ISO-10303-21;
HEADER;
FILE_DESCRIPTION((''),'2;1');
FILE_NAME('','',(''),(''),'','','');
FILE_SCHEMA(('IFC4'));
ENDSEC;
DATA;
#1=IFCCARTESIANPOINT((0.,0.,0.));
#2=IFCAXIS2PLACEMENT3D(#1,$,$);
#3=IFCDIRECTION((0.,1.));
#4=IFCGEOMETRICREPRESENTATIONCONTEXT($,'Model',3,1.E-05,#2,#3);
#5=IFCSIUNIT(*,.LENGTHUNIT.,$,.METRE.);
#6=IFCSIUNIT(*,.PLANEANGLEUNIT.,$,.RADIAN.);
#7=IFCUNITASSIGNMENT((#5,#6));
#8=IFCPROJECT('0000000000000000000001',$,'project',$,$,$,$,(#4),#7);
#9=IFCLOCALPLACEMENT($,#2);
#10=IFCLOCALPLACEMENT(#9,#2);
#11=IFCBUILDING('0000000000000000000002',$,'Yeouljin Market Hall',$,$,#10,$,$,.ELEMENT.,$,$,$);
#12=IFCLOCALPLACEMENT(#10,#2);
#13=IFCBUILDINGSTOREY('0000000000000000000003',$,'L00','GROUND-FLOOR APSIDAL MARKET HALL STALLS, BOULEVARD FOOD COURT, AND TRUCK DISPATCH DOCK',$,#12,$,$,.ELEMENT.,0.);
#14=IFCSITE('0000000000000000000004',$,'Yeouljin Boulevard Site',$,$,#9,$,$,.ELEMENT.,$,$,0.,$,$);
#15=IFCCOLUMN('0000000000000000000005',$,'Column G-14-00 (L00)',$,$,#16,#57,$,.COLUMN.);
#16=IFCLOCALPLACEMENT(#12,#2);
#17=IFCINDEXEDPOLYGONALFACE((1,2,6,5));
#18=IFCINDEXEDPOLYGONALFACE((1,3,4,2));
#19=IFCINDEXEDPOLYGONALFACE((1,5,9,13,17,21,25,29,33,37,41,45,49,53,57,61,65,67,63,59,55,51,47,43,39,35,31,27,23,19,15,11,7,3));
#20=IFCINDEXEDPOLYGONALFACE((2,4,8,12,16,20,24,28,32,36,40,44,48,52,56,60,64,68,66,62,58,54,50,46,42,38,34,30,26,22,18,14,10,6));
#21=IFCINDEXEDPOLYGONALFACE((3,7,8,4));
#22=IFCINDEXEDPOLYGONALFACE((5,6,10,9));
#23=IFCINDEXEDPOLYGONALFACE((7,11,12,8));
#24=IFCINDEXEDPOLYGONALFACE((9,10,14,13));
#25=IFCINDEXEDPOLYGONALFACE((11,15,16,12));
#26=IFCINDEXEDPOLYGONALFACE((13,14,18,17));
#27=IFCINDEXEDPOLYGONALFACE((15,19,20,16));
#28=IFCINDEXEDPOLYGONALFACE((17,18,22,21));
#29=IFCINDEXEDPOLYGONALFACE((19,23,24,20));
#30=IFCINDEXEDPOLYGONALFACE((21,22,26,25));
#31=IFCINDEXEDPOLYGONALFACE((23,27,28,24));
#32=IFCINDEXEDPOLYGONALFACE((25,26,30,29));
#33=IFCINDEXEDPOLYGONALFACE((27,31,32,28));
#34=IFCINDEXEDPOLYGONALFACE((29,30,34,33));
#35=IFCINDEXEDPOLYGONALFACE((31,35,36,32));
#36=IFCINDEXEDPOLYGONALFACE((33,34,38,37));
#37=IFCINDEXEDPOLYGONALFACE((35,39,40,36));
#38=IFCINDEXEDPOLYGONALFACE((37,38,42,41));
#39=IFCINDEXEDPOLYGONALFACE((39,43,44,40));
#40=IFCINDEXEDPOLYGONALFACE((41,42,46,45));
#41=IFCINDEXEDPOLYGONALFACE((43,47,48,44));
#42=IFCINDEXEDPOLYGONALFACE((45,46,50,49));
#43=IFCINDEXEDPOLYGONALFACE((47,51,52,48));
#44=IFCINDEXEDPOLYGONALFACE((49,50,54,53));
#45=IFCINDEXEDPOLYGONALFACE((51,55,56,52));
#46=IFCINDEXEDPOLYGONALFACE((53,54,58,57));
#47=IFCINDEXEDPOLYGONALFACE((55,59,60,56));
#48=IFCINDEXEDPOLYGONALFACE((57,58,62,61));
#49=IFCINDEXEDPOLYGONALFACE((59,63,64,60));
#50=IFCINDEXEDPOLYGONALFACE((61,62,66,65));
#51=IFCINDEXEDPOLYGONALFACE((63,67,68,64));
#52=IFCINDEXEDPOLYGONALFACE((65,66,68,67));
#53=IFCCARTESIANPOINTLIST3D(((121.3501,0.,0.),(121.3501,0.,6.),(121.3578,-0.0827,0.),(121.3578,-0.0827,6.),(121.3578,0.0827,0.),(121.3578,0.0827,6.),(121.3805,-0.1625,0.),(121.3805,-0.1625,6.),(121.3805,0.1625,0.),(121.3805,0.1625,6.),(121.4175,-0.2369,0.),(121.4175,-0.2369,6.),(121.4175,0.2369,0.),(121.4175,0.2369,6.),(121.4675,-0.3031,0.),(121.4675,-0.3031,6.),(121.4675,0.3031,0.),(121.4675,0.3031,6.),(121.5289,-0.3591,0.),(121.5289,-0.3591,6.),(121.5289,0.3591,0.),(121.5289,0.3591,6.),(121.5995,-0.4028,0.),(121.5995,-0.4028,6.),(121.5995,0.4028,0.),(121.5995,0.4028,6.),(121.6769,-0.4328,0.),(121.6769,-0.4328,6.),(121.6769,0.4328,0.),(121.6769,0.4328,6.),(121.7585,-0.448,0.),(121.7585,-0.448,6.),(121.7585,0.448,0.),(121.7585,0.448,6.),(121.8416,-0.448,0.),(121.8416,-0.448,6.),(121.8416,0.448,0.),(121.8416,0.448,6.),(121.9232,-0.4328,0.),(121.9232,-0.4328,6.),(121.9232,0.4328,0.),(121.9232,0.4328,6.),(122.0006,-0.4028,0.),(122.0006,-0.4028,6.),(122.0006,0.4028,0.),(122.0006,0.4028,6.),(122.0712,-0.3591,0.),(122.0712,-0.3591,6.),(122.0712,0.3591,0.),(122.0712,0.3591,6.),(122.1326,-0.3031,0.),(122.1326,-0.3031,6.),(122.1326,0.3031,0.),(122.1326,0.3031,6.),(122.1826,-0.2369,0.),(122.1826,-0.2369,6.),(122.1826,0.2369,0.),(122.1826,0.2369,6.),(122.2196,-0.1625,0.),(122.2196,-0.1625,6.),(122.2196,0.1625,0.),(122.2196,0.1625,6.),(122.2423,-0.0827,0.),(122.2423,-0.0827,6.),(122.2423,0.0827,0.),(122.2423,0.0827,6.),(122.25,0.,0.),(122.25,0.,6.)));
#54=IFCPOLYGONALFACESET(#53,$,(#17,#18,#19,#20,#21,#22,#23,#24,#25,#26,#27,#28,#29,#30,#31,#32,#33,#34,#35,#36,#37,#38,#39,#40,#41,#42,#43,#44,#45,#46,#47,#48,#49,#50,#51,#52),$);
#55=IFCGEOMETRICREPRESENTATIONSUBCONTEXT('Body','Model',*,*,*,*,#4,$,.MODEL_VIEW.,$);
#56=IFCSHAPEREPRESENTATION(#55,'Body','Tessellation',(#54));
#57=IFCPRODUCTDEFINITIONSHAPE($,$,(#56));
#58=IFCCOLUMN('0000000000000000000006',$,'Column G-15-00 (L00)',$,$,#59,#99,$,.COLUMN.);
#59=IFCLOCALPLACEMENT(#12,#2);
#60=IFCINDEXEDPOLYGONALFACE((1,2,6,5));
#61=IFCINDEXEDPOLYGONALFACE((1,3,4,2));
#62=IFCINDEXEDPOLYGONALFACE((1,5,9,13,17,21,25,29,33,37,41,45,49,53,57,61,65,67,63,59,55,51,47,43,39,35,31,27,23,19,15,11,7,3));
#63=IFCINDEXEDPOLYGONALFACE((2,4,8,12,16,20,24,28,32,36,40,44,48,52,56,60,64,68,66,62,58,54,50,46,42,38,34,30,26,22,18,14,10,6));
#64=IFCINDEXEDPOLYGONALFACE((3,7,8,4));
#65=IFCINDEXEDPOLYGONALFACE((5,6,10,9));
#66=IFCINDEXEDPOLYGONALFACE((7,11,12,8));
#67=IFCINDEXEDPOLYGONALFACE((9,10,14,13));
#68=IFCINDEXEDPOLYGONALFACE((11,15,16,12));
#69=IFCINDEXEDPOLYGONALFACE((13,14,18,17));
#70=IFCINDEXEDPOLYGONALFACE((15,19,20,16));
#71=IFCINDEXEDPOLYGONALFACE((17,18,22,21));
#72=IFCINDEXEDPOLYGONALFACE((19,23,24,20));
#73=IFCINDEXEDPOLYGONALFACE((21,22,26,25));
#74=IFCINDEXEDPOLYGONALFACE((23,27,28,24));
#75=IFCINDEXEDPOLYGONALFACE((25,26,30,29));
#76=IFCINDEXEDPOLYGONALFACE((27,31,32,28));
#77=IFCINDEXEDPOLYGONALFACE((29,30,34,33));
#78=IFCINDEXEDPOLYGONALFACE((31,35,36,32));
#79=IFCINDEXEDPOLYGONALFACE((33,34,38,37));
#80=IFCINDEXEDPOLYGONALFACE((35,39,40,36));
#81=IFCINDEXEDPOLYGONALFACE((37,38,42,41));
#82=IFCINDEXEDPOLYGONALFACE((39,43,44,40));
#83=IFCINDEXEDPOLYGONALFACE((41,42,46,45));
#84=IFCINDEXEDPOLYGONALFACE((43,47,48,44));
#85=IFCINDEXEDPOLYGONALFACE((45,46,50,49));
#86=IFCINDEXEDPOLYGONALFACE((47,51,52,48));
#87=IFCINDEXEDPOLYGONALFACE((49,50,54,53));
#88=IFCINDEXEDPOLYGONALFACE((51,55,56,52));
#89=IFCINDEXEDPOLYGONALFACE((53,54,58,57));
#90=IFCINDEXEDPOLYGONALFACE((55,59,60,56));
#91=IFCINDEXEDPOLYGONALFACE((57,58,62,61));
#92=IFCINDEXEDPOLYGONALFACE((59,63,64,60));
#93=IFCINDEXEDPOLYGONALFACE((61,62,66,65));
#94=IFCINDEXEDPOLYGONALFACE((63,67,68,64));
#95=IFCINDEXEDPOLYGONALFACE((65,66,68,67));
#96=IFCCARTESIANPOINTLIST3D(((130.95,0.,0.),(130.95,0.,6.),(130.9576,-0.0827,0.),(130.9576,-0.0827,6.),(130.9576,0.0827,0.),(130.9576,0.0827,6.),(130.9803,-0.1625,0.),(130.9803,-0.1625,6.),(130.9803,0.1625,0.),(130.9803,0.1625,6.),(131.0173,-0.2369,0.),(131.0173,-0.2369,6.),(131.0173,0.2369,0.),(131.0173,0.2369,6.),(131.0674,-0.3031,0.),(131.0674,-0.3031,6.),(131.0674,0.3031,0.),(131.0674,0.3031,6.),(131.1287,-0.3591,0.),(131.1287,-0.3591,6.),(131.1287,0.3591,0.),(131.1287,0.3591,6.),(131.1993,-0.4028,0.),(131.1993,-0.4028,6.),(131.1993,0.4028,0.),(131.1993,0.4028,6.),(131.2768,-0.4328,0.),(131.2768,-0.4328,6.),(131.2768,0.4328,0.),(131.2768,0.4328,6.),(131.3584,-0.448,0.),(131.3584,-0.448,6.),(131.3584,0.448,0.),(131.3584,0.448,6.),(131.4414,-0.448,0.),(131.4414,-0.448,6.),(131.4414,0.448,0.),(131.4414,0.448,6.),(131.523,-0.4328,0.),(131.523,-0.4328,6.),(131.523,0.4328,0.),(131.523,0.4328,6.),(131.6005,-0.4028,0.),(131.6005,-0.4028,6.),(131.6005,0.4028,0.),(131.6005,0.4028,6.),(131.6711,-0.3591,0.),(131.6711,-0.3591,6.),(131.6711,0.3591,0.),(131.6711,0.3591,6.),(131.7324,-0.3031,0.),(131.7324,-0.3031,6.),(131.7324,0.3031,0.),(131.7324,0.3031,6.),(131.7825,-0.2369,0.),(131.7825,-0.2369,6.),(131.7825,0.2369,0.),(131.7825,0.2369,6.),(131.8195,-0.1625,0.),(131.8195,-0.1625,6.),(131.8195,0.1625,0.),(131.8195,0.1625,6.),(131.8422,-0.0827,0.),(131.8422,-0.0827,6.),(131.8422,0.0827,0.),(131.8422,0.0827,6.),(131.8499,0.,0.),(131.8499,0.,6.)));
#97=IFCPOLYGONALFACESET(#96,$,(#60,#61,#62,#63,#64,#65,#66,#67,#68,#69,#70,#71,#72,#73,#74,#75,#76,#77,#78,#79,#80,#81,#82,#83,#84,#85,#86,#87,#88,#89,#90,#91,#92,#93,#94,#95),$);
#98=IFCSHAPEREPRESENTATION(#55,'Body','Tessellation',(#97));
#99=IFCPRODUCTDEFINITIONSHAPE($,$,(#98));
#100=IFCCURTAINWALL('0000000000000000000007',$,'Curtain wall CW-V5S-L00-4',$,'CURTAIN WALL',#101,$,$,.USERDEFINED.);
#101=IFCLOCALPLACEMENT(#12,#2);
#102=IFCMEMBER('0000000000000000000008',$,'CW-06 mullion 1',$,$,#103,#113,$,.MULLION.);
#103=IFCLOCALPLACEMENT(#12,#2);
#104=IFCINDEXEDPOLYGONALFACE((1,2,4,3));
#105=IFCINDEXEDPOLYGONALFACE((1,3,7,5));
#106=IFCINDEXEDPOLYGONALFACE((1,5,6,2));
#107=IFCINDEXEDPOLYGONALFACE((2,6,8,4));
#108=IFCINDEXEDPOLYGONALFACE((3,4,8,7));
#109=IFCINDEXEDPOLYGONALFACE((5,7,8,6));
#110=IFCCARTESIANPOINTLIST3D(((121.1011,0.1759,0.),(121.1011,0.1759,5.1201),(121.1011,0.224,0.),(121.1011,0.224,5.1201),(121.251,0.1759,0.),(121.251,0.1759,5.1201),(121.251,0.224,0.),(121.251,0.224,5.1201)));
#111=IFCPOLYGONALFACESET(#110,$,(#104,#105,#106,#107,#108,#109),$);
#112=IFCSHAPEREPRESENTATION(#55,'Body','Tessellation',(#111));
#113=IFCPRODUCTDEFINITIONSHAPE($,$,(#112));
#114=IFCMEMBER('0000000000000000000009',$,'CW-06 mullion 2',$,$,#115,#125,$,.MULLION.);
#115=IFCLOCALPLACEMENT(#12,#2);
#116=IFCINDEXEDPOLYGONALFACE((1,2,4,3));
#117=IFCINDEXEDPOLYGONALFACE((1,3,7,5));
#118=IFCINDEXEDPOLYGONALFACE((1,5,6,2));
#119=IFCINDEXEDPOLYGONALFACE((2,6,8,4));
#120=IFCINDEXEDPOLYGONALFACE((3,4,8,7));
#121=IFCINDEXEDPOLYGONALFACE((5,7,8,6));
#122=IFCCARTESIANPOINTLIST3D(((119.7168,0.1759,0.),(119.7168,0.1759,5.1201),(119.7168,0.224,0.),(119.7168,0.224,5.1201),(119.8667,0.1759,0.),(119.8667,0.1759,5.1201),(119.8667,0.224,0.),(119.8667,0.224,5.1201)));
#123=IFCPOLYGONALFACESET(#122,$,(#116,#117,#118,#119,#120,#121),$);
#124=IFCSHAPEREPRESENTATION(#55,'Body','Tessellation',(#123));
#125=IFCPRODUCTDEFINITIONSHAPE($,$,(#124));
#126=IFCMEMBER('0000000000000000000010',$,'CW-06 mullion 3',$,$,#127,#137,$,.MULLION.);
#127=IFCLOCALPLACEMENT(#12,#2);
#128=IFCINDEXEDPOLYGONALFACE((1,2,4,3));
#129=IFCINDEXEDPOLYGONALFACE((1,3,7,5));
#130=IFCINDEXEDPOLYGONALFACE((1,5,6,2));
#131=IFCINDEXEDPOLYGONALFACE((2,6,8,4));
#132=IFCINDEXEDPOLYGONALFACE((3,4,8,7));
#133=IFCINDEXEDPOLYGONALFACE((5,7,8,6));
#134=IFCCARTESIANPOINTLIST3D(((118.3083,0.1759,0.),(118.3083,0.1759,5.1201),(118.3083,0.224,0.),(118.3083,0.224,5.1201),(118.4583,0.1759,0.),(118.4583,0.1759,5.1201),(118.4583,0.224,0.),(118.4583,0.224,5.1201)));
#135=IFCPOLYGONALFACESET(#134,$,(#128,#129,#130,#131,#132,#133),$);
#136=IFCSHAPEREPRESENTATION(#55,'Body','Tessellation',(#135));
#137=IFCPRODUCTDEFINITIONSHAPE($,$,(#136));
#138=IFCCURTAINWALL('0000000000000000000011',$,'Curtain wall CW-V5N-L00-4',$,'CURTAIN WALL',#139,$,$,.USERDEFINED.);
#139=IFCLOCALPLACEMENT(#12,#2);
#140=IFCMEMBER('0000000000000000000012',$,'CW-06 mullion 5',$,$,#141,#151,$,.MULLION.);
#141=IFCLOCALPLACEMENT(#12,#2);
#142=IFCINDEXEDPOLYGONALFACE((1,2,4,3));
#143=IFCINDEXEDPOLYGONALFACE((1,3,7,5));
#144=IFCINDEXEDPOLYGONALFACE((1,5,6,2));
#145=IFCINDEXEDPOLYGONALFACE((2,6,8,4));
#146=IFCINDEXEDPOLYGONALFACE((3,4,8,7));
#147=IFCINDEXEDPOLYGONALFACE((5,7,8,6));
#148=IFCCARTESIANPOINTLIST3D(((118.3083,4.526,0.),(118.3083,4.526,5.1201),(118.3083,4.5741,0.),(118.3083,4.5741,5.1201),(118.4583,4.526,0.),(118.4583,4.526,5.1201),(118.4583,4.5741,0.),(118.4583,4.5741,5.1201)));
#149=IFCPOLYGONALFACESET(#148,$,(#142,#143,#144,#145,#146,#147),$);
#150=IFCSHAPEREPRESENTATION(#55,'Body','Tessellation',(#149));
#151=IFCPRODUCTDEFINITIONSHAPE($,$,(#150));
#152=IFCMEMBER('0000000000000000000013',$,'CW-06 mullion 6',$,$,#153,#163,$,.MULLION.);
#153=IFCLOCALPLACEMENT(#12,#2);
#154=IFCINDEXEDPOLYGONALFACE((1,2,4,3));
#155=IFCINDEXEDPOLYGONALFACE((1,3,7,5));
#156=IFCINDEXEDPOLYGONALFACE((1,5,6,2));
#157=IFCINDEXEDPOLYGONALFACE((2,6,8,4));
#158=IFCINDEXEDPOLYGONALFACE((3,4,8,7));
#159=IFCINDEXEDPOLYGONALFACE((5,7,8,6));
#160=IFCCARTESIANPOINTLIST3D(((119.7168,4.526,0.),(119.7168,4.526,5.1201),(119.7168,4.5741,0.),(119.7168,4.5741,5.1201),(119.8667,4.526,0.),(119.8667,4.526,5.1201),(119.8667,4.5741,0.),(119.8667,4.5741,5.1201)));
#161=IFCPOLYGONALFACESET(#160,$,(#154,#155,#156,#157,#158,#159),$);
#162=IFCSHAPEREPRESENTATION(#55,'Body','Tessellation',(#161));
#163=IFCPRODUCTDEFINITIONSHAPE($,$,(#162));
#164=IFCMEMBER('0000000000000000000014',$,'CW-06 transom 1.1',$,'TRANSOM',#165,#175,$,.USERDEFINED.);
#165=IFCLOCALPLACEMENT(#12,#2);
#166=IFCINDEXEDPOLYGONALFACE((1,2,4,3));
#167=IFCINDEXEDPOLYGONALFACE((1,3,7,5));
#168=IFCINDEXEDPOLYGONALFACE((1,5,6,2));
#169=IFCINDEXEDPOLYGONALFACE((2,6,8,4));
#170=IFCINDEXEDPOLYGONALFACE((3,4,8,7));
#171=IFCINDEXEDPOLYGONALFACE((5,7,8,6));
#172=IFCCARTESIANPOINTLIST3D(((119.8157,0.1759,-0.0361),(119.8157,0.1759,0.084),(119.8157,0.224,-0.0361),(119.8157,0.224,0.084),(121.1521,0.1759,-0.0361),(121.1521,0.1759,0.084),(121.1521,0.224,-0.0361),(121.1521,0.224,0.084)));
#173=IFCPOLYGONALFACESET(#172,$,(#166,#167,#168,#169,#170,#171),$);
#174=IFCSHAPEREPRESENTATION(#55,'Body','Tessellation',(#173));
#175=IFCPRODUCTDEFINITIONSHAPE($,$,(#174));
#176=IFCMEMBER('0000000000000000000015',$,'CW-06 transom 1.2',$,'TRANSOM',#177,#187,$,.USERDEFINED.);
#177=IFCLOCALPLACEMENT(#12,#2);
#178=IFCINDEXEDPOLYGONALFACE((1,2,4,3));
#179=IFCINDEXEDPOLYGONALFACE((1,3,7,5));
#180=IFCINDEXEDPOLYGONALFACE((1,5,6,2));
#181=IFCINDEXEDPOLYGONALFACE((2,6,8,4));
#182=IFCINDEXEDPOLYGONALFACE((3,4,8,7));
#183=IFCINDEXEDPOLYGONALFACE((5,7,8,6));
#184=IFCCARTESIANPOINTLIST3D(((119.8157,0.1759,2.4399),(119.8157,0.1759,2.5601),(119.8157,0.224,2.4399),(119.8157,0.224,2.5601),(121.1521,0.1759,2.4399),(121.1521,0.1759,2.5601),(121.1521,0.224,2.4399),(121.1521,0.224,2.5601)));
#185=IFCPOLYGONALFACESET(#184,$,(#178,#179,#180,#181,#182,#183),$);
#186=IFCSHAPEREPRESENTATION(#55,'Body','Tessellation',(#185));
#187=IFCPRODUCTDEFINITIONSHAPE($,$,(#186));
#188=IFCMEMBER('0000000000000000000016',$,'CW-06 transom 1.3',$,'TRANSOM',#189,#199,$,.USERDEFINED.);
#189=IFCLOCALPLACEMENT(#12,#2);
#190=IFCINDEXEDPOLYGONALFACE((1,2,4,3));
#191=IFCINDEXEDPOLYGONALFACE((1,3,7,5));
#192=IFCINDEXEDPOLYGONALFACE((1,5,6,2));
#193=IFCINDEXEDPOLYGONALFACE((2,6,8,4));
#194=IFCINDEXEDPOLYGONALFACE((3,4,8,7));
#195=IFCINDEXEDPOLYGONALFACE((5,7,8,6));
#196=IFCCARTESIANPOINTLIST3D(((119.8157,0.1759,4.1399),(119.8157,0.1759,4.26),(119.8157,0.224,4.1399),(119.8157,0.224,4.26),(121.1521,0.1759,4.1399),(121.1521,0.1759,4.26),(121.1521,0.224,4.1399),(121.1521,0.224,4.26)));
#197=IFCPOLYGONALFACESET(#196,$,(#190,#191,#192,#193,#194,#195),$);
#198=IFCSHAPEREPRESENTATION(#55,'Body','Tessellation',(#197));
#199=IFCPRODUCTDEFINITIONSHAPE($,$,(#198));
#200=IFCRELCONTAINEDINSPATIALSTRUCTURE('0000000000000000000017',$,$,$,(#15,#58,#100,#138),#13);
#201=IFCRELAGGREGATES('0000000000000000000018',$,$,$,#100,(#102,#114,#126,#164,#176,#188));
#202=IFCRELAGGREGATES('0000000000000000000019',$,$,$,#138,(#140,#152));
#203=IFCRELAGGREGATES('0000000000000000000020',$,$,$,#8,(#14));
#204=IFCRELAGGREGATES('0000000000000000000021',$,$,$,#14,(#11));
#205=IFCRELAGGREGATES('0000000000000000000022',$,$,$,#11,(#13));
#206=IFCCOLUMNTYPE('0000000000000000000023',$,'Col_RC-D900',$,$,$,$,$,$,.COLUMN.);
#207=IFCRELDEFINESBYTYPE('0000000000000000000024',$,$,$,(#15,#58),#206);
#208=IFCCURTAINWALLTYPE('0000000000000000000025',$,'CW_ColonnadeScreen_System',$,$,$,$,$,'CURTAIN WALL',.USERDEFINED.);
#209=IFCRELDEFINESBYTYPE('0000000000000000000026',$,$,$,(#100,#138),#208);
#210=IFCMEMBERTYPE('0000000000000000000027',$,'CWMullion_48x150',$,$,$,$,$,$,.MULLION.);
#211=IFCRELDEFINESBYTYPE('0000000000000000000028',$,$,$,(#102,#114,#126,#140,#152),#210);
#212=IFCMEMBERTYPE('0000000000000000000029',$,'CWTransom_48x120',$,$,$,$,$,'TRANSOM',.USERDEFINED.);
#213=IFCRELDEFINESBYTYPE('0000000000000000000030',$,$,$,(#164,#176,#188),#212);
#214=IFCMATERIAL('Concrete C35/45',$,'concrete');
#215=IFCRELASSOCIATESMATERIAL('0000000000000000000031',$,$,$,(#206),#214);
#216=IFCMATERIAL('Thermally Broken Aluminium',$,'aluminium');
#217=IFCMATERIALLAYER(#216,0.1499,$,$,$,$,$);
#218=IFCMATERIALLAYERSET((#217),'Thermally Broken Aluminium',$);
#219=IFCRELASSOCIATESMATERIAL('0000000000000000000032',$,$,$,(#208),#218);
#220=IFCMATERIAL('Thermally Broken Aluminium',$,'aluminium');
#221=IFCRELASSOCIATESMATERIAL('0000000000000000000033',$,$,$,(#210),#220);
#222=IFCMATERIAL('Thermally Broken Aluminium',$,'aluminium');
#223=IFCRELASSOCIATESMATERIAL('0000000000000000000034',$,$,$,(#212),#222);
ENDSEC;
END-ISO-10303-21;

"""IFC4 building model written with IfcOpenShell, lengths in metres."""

from ifc_helpers import new_model, si_unit, direction, frame, origin, origin_2d, place, context, subcontext, project, spatial, rectangle, circle, extrude, material, layer, layer_set, material_profile, profile_set, type_object, element, aggregate, save


model = new_model("IFC4")

# Units and contexts
model_context = context("Model", 3, precision=1e-05, world=origin(), true_north=direction((0.0, 1.0)))
body_context = subcontext(model_context, "Body", "Model", "MODEL_VIEW")
ifc_project = project(units=[si_unit("LENGTHUNIT", "METRE"), si_unit("PLANEANGLEUNIT", "RADIAN")], contexts=[model_context])

# Site, building, storey
site_placement = place(None, origin())
site = spatial("IfcSite", under=ifc_project, at=site_placement, Name="Yeouljin Boulevard Site", CompositionType="ELEMENT", RefElevation=0.0)
building_placement = place(site_placement, origin())
building = spatial("IfcBuilding", under=site, at=building_placement, Name="Yeouljin Market Hall", CompositionType="ELEMENT")
storey_placement = place(building_placement, origin())
storey = spatial("IfcBuildingStorey", under=building, at=storey_placement, Name="L00", Description="GROUND-FLOOR APSIDAL MARKET HALL STALLS, BOULEVARD FOOD COURT, AND TRUCK DISPATCH DOCK", CompositionType="ELEMENT", Elevation=0.0)

# Columns
ifc_material_1 = material(Name="Concrete C35/45", Category="concrete")
ifc_material_profile_1 = material_profile(ifc_material_1, circle(Radius=0.45, at=origin_2d()), Name="RC-D900")
ifc_profile_set_1 = profile_set([ifc_material_profile_1], Name="Concrete C35/45")
column_type = type_object("IfcColumnType", Name="Col_RC-D900", PredefinedType="COLUMN", material=ifc_profile_set_1)
for number, where, z_axis, x_axis, name in (
    (1, (121.8, 0.0, 0.0), (0.0, 0.0, 1.0), (1.0, 0.0, 0.0), "Column G-14-00 (L00)"),
    (2, (131.3999, 0.0, 0.0), (0.0, 0.0, 1.0), (1.0, 0.0, 0.0), "Column G-15-00 (L00)"),
):
    element("IfcColumn", number, at=place(storey_placement, frame(where, z_axis=z_axis, x_axis=x_axis)), inside=storey, type_object=column_type, Name=name, PredefinedType="COLUMN", context=body_context, shape_type="SweptSolid", body=[
        extrude(circle(Radius=0.45, at=origin_2d()), origin(), (0.0, 0.0, 1.0), 6.0),
    ])

# Curtain walls, members
ifc_material_2 = material(Name="Thermally Broken Aluminium", Category="aluminium")
ifc_layer_1 = layer(ifc_material_2, 0.1499)
ifc_layer_set_1 = layer_set([ifc_layer_1], Name="Thermally Broken Aluminium")
curtain_wall_type = type_object("IfcCurtainWallType", Name="CW_ColonnadeScreen_System", ElementType="CURTAIN WALL", PredefinedType="USERDEFINED", material=ifc_layer_set_1)
curtain_wall_1_placement = place(storey_placement, origin())
curtain_wall_1 = element("IfcCurtainWall", 3, at=curtain_wall_1_placement, inside=storey, type_object=curtain_wall_type, Name="Curtain wall CW-V5S-L00-4", ObjectType="CURTAIN WALL", PredefinedType="USERDEFINED")
ifc_material_3 = material(Name="Thermally Broken Aluminium", Category="aluminium")
ifc_material_profile_2 = material_profile(ifc_material_3, rectangle(XDim=0.0481, YDim=0.1499, at=origin_2d()), Name="CW-MULL-48x150")
ifc_profile_set_2 = profile_set([ifc_material_profile_2], Name="Thermally Broken Aluminium")
member_type_1 = type_object("IfcMemberType", Name="CWMullion_48x150", PredefinedType="MULLION", material=ifc_profile_set_2)
member_1_placement = place(storey_placement, frame((121.176, 0.2, 0.0), z_axis=(0.0, 0.0, 1.0), x_axis=(0.0, -1.0, 0.0)))
member_1 = element("IfcMember", 4, at=member_1_placement, type_object=member_type_1, Name="CW-06 mullion 1", PredefinedType="MULLION", context=body_context, shape_type="SweptSolid", body=[
    extrude(rectangle(XDim=0.0481, YDim=0.1499, at=origin_2d()), origin(), (0.0, 0.0, 1.0), 5.1201),
])
member_2_placement = place(storey_placement, frame((119.7917, 0.2, 0.0), z_axis=(0.0, 0.0, 1.0), x_axis=(0.0, -1.0, 0.0)))
member_2 = element("IfcMember", 5, at=member_2_placement, type_object=member_type_1, Name="CW-06 mullion 2", PredefinedType="MULLION", context=body_context, shape_type="SweptSolid", body=[
    extrude(rectangle(XDim=0.0481, YDim=0.1499, at=origin_2d()), origin(), (0.0, 0.0, 1.0), 5.1201),
])
member_3_placement = place(storey_placement, frame((118.3833, 0.2, 0.0), z_axis=(0.0, 0.0, 1.0), x_axis=(0.0, -1.0, 0.0)))
member_3 = element("IfcMember", 6, at=member_3_placement, type_object=member_type_1, Name="CW-06 mullion 3", PredefinedType="MULLION", context=body_context, shape_type="SweptSolid", body=[
    extrude(rectangle(XDim=0.0481, YDim=0.1499, at=origin_2d()), origin(), (0.0, 0.0, 1.0), 5.1201),
])
curtain_wall_2_placement = place(storey_placement, origin())
curtain_wall_2 = element("IfcCurtainWall", 7, at=curtain_wall_2_placement, inside=storey, type_object=curtain_wall_type, Name="Curtain wall CW-V5N-L00-4", ObjectType="CURTAIN WALL", PredefinedType="USERDEFINED")
member_4_placement = place(storey_placement, frame((118.3833, 4.55, 0.0), z_axis=(0.0, 0.0, 1.0), x_axis=(0.0, 1.0, 0.0)))
member_4 = element("IfcMember", 8, at=member_4_placement, type_object=member_type_1, Name="CW-06 mullion 5", PredefinedType="MULLION", context=body_context, shape_type="SweptSolid", body=[
    extrude(rectangle(XDim=0.0481, YDim=0.1499, at=origin_2d()), origin(), (0.0, 0.0, 1.0), 5.1201),
])
member_5_placement = place(storey_placement, frame((119.7917, 4.55, 0.0), z_axis=(0.0, 0.0, 1.0), x_axis=(0.0, 1.0, 0.0)))
member_5 = element("IfcMember", 9, at=member_5_placement, type_object=member_type_1, Name="CW-06 mullion 6", PredefinedType="MULLION", context=body_context, shape_type="SweptSolid", body=[
    extrude(rectangle(XDim=0.0481, YDim=0.1499, at=origin_2d()), origin(), (0.0, 0.0, 1.0), 5.1201),
])

# Members
ifc_material_4 = material(Name="Thermally Broken Aluminium", Category="aluminium")
ifc_material_profile_3 = material_profile(ifc_material_4, rectangle(XDim=0.0481, YDim=0.1201, at=origin_2d()), Name="CW-TRAN-48x120")
ifc_profile_set_3 = profile_set([ifc_material_profile_3], Name="Thermally Broken Aluminium")
member_type_2 = type_object("IfcMemberType", Name="CWTransom_48x120", ElementType="TRANSOM", PredefinedType="USERDEFINED", material=ifc_profile_set_3)
member_6_placement = place(storey_placement, frame((121.1521, 0.2, 0.0239), z_axis=(-1.0, 0.0, 0.0), x_axis=(0.0, -1.0, 0.0)))
member_6 = element("IfcMember", 10, at=member_6_placement, type_object=member_type_2, Name="CW-06 transom 1.1", ObjectType="TRANSOM", PredefinedType="USERDEFINED", context=body_context, shape_type="SweptSolid", body=[
    extrude(rectangle(XDim=0.0481, YDim=0.1201, at=origin_2d()), origin(), (0.0, 0.0, 1.0), 1.3364),
])
member_7_placement = place(storey_placement, frame((121.1521, 0.2, 2.5), z_axis=(-1.0, 0.0, 0.0), x_axis=(0.0, -1.0, 0.0)))
member_7 = element("IfcMember", 11, at=member_7_placement, type_object=member_type_2, Name="CW-06 transom 1.2", ObjectType="TRANSOM", PredefinedType="USERDEFINED", context=body_context, shape_type="SweptSolid", body=[
    extrude(rectangle(XDim=0.0481, YDim=0.1201, at=origin_2d()), origin(), (0.0, 0.0, 1.0), 1.3364),
])
member_8_placement = place(storey_placement, frame((121.1521, 0.2, 4.2), z_axis=(-1.0, 0.0, 0.0), x_axis=(0.0, -1.0, 0.0)))
member_8 = element("IfcMember", 12, at=member_8_placement, type_object=member_type_2, Name="CW-06 transom 1.3", ObjectType="TRANSOM", PredefinedType="USERDEFINED", context=body_context, shape_type="SweptSolid", body=[
    extrude(rectangle(XDim=0.0481, YDim=0.1201, at=origin_2d()), origin(), (0.0, 0.0, 1.0), 1.3364),
])

aggregate(curtain_wall_1, [member_1, member_2, member_3, member_6, member_7, member_8])
aggregate(curtain_wall_2, [member_4, member_5])

save(model, "model.ifc")
